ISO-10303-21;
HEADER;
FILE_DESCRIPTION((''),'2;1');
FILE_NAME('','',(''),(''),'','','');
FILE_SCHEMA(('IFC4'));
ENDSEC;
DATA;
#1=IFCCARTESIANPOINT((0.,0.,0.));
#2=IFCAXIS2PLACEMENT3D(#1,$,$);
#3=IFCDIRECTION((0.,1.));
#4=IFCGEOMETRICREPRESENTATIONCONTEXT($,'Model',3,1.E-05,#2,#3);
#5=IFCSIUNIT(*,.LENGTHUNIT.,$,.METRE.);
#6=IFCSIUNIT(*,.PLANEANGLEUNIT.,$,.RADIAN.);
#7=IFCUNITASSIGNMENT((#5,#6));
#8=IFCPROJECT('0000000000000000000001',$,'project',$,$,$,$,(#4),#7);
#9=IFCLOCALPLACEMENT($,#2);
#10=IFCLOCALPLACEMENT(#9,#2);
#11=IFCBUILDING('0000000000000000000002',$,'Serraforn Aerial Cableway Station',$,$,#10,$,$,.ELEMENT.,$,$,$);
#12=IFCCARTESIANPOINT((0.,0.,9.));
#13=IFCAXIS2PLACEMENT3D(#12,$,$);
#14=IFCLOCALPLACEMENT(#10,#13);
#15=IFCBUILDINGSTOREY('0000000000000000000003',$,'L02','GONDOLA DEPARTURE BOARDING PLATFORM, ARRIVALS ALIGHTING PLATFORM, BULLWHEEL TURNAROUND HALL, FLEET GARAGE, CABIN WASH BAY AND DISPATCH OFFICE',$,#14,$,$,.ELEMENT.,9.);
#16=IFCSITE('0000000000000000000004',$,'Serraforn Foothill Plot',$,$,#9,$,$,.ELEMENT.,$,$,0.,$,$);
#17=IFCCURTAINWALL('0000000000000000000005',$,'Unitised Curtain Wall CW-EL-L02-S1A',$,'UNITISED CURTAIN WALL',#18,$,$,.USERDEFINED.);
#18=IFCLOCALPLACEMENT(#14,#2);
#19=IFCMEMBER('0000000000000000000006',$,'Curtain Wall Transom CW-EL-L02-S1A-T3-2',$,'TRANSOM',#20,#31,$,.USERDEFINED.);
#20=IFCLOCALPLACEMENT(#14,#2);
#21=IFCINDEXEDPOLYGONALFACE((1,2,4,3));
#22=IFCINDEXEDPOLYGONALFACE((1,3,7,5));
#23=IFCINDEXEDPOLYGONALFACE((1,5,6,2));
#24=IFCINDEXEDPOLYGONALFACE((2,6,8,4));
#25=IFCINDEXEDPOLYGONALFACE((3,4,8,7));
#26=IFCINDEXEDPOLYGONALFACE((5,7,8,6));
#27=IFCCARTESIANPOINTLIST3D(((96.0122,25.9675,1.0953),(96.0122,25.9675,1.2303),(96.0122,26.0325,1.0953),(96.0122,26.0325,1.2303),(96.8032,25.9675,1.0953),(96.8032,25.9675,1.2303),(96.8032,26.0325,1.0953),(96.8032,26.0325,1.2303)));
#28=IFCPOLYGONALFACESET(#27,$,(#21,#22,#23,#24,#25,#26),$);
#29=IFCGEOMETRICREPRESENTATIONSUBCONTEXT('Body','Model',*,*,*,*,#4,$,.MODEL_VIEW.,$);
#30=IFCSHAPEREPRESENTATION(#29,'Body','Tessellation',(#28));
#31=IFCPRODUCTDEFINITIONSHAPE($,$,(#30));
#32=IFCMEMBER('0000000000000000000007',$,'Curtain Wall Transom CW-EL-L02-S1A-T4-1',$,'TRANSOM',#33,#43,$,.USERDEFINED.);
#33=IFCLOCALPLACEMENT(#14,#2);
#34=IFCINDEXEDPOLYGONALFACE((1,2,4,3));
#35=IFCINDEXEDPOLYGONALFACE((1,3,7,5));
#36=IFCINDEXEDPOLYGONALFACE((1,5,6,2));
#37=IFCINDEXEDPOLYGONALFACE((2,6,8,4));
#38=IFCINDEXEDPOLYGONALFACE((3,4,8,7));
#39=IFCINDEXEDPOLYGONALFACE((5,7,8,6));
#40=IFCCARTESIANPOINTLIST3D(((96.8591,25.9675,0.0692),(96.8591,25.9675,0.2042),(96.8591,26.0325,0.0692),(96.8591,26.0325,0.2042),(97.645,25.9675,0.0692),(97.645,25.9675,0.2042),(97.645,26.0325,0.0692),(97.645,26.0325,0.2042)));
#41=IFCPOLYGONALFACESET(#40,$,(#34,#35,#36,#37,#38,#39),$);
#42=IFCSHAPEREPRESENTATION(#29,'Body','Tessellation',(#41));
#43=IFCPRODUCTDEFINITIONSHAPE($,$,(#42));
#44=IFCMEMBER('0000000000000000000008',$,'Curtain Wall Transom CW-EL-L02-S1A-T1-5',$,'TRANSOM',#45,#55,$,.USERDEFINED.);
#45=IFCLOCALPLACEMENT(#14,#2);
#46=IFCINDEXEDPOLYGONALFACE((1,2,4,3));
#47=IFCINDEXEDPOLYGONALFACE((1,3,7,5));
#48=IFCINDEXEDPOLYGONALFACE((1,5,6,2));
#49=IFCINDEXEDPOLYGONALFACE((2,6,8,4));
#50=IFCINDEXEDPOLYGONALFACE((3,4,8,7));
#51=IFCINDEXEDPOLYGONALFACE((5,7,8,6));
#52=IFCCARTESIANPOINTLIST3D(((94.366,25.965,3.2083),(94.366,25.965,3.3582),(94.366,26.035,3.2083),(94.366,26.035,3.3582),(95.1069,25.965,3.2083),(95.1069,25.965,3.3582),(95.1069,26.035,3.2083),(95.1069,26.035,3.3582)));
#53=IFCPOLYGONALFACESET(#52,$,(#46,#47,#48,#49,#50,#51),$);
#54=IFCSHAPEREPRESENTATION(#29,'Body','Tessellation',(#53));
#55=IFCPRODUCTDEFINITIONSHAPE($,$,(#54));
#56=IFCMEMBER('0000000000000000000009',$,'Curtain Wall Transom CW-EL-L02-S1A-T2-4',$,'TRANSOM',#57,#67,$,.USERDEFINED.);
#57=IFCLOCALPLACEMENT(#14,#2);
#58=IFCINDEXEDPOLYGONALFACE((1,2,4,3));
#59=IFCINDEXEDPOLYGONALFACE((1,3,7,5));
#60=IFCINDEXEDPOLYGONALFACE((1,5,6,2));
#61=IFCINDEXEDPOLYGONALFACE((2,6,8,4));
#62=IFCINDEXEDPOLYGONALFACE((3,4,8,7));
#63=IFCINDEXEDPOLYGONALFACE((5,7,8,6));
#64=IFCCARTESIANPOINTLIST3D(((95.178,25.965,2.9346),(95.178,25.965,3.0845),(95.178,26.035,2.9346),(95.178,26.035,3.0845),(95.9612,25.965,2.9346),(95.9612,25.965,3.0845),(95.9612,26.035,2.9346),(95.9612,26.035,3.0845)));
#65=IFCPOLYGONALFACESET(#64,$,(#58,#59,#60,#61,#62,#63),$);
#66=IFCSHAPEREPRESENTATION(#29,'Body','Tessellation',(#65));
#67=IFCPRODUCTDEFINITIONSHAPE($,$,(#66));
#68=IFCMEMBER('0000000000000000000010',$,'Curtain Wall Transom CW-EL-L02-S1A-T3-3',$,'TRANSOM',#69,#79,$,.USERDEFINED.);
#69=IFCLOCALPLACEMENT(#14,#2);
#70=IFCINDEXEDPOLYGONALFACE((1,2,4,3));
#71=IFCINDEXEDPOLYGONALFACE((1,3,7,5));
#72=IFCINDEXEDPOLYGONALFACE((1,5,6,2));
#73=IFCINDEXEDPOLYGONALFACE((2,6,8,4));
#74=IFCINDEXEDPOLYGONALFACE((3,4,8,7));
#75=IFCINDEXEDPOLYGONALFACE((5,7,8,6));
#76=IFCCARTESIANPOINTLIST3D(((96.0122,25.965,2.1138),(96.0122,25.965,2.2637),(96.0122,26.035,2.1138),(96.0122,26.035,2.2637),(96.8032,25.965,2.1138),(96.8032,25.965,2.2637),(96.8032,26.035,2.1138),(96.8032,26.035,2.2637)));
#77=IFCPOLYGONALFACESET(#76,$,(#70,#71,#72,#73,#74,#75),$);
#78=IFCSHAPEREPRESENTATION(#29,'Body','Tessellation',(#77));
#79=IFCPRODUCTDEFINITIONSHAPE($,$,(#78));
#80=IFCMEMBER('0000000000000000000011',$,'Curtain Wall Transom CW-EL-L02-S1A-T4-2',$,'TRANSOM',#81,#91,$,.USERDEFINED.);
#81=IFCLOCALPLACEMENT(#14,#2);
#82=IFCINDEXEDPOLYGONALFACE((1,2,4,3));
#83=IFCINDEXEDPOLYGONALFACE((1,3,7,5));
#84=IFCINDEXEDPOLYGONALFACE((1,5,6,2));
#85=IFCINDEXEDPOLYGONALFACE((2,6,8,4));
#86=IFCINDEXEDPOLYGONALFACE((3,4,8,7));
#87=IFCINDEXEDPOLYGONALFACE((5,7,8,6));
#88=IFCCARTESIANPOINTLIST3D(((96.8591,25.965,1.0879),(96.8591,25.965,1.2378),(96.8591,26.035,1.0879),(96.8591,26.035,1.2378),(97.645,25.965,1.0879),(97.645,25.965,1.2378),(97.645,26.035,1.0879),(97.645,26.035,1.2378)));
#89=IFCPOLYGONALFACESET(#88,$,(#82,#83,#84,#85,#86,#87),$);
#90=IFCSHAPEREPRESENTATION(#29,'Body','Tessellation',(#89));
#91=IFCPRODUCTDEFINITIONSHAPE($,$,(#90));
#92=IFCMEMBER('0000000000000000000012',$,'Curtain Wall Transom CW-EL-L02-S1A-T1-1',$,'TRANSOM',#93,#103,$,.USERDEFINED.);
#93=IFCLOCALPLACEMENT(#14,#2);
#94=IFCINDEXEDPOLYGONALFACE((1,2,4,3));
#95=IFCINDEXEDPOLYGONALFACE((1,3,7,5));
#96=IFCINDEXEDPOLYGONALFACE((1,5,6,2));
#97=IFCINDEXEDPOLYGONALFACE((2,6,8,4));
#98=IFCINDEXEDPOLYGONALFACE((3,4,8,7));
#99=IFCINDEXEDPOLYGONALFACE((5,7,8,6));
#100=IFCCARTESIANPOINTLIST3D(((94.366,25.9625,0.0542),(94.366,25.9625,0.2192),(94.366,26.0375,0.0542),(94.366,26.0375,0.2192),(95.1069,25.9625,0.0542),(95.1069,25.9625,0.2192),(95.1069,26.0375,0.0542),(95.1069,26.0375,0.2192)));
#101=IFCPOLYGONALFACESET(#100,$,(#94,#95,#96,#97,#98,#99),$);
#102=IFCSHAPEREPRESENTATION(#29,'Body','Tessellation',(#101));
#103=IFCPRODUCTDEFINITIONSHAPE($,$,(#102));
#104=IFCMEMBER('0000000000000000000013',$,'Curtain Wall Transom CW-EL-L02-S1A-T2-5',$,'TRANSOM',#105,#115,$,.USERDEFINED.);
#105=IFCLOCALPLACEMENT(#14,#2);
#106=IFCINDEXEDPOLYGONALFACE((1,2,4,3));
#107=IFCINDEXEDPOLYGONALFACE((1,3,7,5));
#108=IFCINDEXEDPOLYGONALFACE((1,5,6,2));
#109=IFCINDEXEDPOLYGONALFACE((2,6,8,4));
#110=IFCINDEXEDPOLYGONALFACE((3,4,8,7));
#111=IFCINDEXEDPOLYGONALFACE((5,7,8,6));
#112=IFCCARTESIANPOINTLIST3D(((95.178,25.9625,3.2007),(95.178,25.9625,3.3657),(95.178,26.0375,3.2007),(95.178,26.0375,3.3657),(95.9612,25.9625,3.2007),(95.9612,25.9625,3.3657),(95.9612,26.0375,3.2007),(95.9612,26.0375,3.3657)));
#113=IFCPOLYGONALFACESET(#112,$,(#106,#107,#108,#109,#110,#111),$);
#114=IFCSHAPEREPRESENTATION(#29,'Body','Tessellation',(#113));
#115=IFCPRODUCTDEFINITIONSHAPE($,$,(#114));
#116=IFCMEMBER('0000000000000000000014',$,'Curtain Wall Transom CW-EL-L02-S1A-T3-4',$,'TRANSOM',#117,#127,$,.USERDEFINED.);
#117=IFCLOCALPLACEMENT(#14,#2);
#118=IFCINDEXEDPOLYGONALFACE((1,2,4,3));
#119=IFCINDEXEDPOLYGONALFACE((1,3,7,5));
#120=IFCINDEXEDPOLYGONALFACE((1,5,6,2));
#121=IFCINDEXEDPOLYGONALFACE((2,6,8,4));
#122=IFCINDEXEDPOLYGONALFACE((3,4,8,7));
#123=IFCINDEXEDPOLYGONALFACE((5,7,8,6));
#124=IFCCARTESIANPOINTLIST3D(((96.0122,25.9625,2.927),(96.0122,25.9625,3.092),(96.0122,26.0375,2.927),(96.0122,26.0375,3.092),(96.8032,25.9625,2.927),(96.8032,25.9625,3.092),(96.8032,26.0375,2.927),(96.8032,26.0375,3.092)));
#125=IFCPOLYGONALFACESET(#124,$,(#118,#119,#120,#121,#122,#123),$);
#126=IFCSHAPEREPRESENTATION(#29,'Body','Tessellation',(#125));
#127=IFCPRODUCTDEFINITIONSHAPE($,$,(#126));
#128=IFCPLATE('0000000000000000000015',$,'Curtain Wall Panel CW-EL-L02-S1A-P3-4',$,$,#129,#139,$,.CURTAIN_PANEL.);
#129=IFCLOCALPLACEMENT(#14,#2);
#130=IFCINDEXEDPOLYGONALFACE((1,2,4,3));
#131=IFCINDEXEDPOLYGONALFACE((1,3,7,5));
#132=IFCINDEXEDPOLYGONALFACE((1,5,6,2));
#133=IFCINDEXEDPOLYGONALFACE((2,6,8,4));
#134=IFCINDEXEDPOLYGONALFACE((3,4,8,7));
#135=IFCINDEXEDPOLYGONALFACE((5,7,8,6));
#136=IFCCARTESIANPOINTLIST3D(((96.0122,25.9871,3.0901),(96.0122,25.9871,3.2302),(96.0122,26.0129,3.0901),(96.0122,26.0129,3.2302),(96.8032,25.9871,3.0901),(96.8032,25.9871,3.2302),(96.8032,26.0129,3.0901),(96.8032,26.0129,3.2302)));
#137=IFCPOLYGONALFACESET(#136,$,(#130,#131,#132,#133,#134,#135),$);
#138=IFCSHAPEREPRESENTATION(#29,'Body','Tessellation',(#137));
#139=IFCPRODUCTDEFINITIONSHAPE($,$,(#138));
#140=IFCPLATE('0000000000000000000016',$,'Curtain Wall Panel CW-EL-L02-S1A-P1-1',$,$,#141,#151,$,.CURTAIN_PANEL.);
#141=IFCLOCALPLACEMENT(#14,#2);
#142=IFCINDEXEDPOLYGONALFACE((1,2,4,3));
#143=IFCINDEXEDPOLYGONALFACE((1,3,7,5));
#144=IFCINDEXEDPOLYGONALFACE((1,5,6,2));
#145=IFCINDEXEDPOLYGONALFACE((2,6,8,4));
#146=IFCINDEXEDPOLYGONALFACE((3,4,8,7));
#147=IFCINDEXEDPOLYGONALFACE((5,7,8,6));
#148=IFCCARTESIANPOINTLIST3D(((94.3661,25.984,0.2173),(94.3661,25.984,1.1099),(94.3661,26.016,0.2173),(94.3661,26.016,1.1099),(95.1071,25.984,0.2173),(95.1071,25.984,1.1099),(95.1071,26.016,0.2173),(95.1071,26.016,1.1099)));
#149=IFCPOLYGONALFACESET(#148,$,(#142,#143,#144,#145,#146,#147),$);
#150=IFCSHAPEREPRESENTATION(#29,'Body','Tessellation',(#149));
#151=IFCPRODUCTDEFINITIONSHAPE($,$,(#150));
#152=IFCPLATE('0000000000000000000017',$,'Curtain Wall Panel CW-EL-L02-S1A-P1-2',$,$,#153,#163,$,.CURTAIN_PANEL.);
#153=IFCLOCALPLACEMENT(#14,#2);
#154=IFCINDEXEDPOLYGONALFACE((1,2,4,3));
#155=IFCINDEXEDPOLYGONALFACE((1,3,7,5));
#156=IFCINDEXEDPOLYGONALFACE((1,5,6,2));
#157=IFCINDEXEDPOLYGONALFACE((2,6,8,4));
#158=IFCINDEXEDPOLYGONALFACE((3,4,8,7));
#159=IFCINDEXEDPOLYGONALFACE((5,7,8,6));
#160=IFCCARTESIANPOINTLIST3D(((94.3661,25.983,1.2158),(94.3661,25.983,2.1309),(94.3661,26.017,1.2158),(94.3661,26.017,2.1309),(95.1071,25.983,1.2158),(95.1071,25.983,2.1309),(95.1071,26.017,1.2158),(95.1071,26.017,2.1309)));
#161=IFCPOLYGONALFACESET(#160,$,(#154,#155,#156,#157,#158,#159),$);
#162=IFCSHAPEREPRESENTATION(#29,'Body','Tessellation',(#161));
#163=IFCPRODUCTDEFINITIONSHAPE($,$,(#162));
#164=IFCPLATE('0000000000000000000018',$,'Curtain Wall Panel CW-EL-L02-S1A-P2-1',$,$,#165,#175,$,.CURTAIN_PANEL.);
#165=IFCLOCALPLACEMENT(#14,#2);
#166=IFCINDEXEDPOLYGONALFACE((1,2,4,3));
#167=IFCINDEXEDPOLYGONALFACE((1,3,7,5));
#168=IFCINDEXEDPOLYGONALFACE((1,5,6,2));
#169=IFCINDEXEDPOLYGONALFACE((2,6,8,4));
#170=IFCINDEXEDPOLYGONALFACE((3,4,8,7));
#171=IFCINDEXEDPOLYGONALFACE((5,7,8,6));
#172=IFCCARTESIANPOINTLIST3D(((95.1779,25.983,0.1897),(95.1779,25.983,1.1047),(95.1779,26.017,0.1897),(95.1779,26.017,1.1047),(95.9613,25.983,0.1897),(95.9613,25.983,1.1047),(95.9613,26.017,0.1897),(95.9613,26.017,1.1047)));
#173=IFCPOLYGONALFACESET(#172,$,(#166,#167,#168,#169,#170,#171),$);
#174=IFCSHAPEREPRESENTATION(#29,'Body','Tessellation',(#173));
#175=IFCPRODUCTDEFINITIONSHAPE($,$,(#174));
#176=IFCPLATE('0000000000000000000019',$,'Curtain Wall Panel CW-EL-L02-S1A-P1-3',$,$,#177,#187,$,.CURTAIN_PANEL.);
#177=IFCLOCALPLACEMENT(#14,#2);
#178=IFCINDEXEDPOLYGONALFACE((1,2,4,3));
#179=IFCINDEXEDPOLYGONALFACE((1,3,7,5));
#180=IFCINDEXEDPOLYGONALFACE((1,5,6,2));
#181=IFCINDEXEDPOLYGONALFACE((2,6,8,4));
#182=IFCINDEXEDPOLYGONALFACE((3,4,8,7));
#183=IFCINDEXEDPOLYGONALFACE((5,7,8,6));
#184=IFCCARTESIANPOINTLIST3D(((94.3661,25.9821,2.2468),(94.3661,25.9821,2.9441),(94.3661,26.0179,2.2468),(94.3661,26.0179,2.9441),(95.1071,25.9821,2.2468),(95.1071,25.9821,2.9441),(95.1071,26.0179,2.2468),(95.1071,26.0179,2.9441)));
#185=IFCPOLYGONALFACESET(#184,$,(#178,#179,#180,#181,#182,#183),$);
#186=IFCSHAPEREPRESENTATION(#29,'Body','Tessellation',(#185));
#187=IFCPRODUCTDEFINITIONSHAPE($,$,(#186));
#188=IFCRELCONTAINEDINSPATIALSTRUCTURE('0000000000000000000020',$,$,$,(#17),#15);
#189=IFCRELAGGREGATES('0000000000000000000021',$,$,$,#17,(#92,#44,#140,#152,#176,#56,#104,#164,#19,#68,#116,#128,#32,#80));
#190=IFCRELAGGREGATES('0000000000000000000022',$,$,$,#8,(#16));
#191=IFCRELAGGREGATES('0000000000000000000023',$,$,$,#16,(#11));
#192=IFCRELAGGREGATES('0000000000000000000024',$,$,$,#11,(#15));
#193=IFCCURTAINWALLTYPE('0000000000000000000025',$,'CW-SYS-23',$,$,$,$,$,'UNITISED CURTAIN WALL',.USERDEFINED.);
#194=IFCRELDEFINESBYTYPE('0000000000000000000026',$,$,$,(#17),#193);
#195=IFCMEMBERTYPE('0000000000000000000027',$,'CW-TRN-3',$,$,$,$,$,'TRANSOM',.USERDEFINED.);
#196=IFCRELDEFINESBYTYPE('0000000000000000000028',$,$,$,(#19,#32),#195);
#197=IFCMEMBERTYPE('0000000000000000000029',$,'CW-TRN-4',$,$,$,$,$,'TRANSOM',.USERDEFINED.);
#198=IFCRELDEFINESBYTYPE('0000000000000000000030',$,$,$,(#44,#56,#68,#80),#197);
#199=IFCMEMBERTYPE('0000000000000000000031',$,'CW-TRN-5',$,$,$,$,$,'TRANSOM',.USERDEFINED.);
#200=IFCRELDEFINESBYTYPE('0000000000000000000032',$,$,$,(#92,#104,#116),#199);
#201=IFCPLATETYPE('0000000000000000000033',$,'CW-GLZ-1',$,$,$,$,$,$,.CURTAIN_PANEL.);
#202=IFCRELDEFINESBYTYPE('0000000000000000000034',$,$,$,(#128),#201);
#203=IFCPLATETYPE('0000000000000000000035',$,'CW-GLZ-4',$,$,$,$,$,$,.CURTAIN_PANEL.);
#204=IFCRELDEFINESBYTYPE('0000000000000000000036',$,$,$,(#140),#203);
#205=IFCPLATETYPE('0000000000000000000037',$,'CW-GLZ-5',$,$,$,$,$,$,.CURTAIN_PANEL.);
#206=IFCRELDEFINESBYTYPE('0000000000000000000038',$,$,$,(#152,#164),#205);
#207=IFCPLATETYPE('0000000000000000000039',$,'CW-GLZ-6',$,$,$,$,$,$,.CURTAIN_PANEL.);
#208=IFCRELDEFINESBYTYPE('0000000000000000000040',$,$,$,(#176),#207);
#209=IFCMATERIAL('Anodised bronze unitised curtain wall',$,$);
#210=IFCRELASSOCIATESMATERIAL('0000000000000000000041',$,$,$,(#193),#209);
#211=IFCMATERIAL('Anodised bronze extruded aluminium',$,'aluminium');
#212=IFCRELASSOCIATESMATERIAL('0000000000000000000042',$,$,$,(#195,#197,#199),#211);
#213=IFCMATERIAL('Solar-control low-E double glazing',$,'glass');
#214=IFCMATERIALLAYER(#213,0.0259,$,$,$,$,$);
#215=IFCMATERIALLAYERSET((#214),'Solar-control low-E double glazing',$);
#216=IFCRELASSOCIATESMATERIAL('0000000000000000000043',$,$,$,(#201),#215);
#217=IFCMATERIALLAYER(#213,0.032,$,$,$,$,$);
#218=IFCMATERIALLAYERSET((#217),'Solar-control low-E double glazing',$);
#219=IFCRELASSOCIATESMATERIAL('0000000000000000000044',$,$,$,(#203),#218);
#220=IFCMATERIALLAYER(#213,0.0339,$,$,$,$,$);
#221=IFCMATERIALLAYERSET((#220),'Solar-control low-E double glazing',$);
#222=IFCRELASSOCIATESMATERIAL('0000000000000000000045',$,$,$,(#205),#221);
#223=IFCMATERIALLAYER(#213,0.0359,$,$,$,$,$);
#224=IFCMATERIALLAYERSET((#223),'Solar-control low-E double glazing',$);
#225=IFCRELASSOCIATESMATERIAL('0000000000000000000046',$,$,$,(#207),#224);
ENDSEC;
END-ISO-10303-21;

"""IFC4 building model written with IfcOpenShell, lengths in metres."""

from ifc_helpers import new_model, si_unit, direction, frame, origin, origin_2d, place, context, subcontext, project, spatial, rectangle, extrude, material, layer, layer_set, material_profile, profile_set, type_object, element, aggregate, save


model = new_model("IFC4")

# Units and contexts
model_context = context("Model", 3, precision=1e-05, world=origin(), true_north=direction((0.0, 1.0)))
body_context = subcontext(model_context, "Body", "Model", "MODEL_VIEW")
ifc_project = project(units=[si_unit("LENGTHUNIT", "METRE"), si_unit("PLANEANGLEUNIT", "RADIAN")], contexts=[model_context])

# Site, building, storey
site_placement = place(None, origin())
site = spatial("IfcSite", under=ifc_project, at=site_placement, Name="Serraforn Foothill Plot", CompositionType="ELEMENT", RefElevation=0.0)
building_placement = place(site_placement, origin())
building = spatial("IfcBuilding", under=site, at=building_placement, Name="Serraforn Aerial Cableway Station", CompositionType="ELEMENT")
storey_placement = place(building_placement, frame((0.0, 0.0, 9.0)))
storey = spatial("IfcBuildingStorey", under=building, at=storey_placement, Name="L02", Description="GONDOLA DEPARTURE BOARDING PLATFORM, ARRIVALS ALIGHTING PLATFORM, BULLWHEEL TURNAROUND HALL, FLEET GARAGE, CABIN WASH BAY AND DISPATCH OFFICE", CompositionType="ELEMENT", Elevation=9.0)

# Curtain wall
ifc_material_1 = material(Name="Anodised bronze unitised curtain wall")
curtain_wall_type_1 = type_object("IfcCurtainWallType", Name="CW-SYS-23", ElementType="UNITISED CURTAIN WALL", PredefinedType="USERDEFINED", material=ifc_material_1)
curtain_wall_1_placement = place(storey_placement, origin())
curtain_wall_1 = element("IfcCurtainWall", 1, at=curtain_wall_1_placement, inside=storey, type_object=curtain_wall_type_1, Name="Unitised Curtain Wall CW-EL-L02-S1A", ObjectType="UNITISED CURTAIN WALL", PredefinedType="USERDEFINED")
ifc_material_2 = material(Name="Anodised bronze extruded aluminium", Category="aluminium")

# Shared definitions
ifc_material_profile_1 = material_profile(ifc_material_2, rectangle(XDim=0.0649, YDim=0.135, at=origin_2d()), Name="CW TRANSOM 65x135")
ifc_profile_set_1 = profile_set([ifc_material_profile_1], Name="Anodised bronze extruded aluminium")
member_type_1 = type_object("IfcMemberType", Name="CW-TRN-3", ElementType="TRANSOM", PredefinedType="USERDEFINED", material=ifc_profile_set_1)

# Members
member_1_placement = place(storey_placement, frame((96.0122, 26.0, 1.1628), z_axis=(1.0, 0.0, 0.0), x_axis=(0.0, 1.0, 0.0)))
member_1 = element("IfcMember", 2, at=member_1_placement, type_object=member_type_1, Name="Curtain Wall Transom CW-EL-L02-S1A-T3-2", ObjectType="TRANSOM", PredefinedType="USERDEFINED", context=body_context, shape_type="SweptSolid", body=[
    extrude(rectangle(XDim=0.0649, YDim=0.135, at=origin_2d()), origin(), (0.0, 0.0, 1.0), 0.791),
])
member_2_placement = place(storey_placement, frame((96.8591, 26.0, 0.1367), z_axis=(1.0, 0.0, 0.0), x_axis=(0.0, 1.0, 0.0)))
member_2 = element("IfcMember", 3, at=member_2_placement, type_object=member_type_1, Name="Curtain Wall Transom CW-EL-L02-S1A-T4-1", ObjectType="TRANSOM", PredefinedType="USERDEFINED", context=body_context, shape_type="SweptSolid", body=[
    extrude(rectangle(XDim=0.0649, YDim=0.135, at=origin_2d()), origin(), (0.0, 0.0, 1.0), 0.7859),
])
ifc_material_profile_2 = material_profile(ifc_material_2, rectangle(XDim=0.0701, YDim=0.1499, at=origin_2d()), Name="CW TRANSOM 70x150")
ifc_profile_set_2 = profile_set([ifc_material_profile_2], Name="Anodised bronze extruded aluminium")
member_type_2 = type_object("IfcMemberType", Name="CW-TRN-4", ElementType="TRANSOM", PredefinedType="USERDEFINED", material=ifc_profile_set_2)
member_3_placement = place(storey_placement, frame((94.366, 26.0, 3.2832), z_axis=(1.0, 0.0, 0.0), x_axis=(0.0, 1.0, 0.0)))
member_3 = element("IfcMember", 4, at=member_3_placement, type_object=member_type_2, Name="Curtain Wall Transom CW-EL-L02-S1A-T1-5", ObjectType="TRANSOM", PredefinedType="USERDEFINED", context=body_context, shape_type="SweptSolid", body=[
    extrude(rectangle(XDim=0.0701, YDim=0.1499, at=origin_2d()), origin(), (0.0, 0.0, 1.0), 0.741),
])
member_4_placement = place(storey_placement, frame((95.178, 26.0, 3.0095), z_axis=(1.0, 0.0, 0.0), x_axis=(0.0, 1.0, 0.0)))
member_4 = element("IfcMember", 5, at=member_4_placement, type_object=member_type_2, Name="Curtain Wall Transom CW-EL-L02-S1A-T2-4", ObjectType="TRANSOM", PredefinedType="USERDEFINED", context=body_context, shape_type="SweptSolid", body=[
    extrude(rectangle(XDim=0.0701, YDim=0.1499, at=origin_2d()), origin(), (0.0, 0.0, 1.0), 0.7832),
])
member_5_placement = place(storey_placement, frame((96.0122, 26.0, 2.1887), z_axis=(1.0, 0.0, 0.0), x_axis=(0.0, 1.0, 0.0)))
member_5 = element("IfcMember", 6, at=member_5_placement, type_object=member_type_2, Name="Curtain Wall Transom CW-EL-L02-S1A-T3-3", ObjectType="TRANSOM", PredefinedType="USERDEFINED", context=body_context, shape_type="SweptSolid", body=[
    extrude(rectangle(XDim=0.0701, YDim=0.1499, at=origin_2d()), origin(), (0.0, 0.0, 1.0), 0.791),
])
member_6_placement = place(storey_placement, frame((96.8591, 26.0, 1.1628), z_axis=(1.0, 0.0, 0.0), x_axis=(0.0, 1.0, 0.0)))
member_6 = element("IfcMember", 7, at=member_6_placement, type_object=member_type_2, Name="Curtain Wall Transom CW-EL-L02-S1A-T4-2", ObjectType="TRANSOM", PredefinedType="USERDEFINED", context=body_context, shape_type="SweptSolid", body=[
    extrude(rectangle(XDim=0.0701, YDim=0.1499, at=origin_2d()), origin(), (0.0, 0.0, 1.0), 0.7859),
])
ifc_material_profile_3 = material_profile(ifc_material_2, rectangle(XDim=0.075, YDim=0.165, at=origin_2d()), Name="CW TRANSOM 75x165")
ifc_profile_set_3 = profile_set([ifc_material_profile_3], Name="Anodised bronze extruded aluminium")
member_type_3 = type_object("IfcMemberType", Name="CW-TRN-5", ElementType="TRANSOM", PredefinedType="USERDEFINED", material=ifc_profile_set_3)
member_7_placement = place(storey_placement, frame((94.366, 26.0, 0.1367), z_axis=(1.0, 0.0, 0.0), x_axis=(0.0, 1.0, 0.0)))
member_7 = element("IfcMember", 8, at=member_7_placement, type_object=member_type_3, Name="Curtain Wall Transom CW-EL-L02-S1A-T1-1", ObjectType="TRANSOM", PredefinedType="USERDEFINED", context=body_context, shape_type="SweptSolid", body=[
    extrude(rectangle(XDim=0.075, YDim=0.165, at=origin_2d()), origin(), (0.0, 0.0, 1.0), 0.741),
])
member_8_placement = place(storey_placement, frame((95.178, 26.0, 3.2832), z_axis=(1.0, 0.0, 0.0), x_axis=(0.0, 1.0, 0.0)))
member_8 = element("IfcMember", 9, at=member_8_placement, type_object=member_type_3, Name="Curtain Wall Transom CW-EL-L02-S1A-T2-5", ObjectType="TRANSOM", PredefinedType="USERDEFINED", context=body_context, shape_type="SweptSolid", body=[
    extrude(rectangle(XDim=0.075, YDim=0.165, at=origin_2d()), origin(), (0.0, 0.0, 1.0), 0.7832),
])
member_9_placement = place(storey_placement, frame((96.0122, 26.0, 3.0095), z_axis=(1.0, 0.0, 0.0), x_axis=(0.0, 1.0, 0.0)))
member_9 = element("IfcMember", 10, at=member_9_placement, type_object=member_type_3, Name="Curtain Wall Transom CW-EL-L02-S1A-T3-4", ObjectType="TRANSOM", PredefinedType="USERDEFINED", context=body_context, shape_type="SweptSolid", body=[
    extrude(rectangle(XDim=0.075, YDim=0.165, at=origin_2d()), origin(), (0.0, 0.0, 1.0), 0.791),
])

# Plates
ifc_material_3 = material(Name="Solar-control low-E double glazing", Category="glass")
ifc_layer_1 = layer(ifc_material_3, 0.0259)
ifc_layer_set_1 = layer_set([ifc_layer_1], Name="Solar-control low-E double glazing")
plate_type_1 = type_object("IfcPlateType", Name="CW-GLZ-1", PredefinedType="CURTAIN_PANEL", material=ifc_layer_set_1)
plate_1_placement = place(storey_placement, frame((96.4077, 26.0, 3.0901), z_axis=(0.0, 0.0, 1.0), x_axis=(1.0, 0.0, 0.0)))
plate_1 = element("IfcPlate", 11, at=plate_1_placement, type_object=plate_type_1, Name="Curtain Wall Panel CW-EL-L02-S1A-P3-4", PredefinedType="CURTAIN_PANEL", context=body_context, shape_type="SweptSolid", body=[
    extrude(rectangle(XDim=0.791, YDim=0.0259, at=origin_2d()), origin(), (0.0, 0.0, 1.0), 0.1401),
])
ifc_layer_2 = layer(ifc_material_3, 0.032)
ifc_layer_set_2 = layer_set([ifc_layer_2], Name="Solar-control low-E double glazing")
plate_type_2 = type_object("IfcPlateType", Name="CW-GLZ-4", PredefinedType="CURTAIN_PANEL", material=ifc_layer_set_2)
plate_2_placement = place(storey_placement, frame((94.7366, 26.0, 0.2173), z_axis=(0.0, 0.0, 1.0), x_axis=(1.0, 0.0, 0.0)))
plate_2 = element("IfcPlate", 12, at=plate_2_placement, type_object=plate_type_2, Name="Curtain Wall Panel CW-EL-L02-S1A-P1-1", PredefinedType="CURTAIN_PANEL", context=body_context, shape_type="SweptSolid", body=[
    extrude(rectangle(XDim=0.741, YDim=0.032, at=origin_2d()), origin(), (0.0, 0.0, 1.0), 0.8926),
])
ifc_layer_3 = layer(ifc_material_3, 0.0339)
ifc_layer_set_3 = layer_set([ifc_layer_3], Name="Solar-control low-E double glazing")
plate_type_3 = type_object("IfcPlateType", Name="CW-GLZ-5", PredefinedType="CURTAIN_PANEL", material=ifc_layer_set_3)
plate_3_placement = place(storey_placement, frame((94.7366, 26.0, 1.2158), z_axis=(0.0, 0.0, 1.0), x_axis=(1.0, 0.0, 0.0)))
plate_3 = element("IfcPlate", 13, at=plate_3_placement, type_object=plate_type_3, Name="Curtain Wall Panel CW-EL-L02-S1A-P1-2", PredefinedType="CURTAIN_PANEL", context=body_context, shape_type="SweptSolid", body=[
    extrude(rectangle(XDim=0.741, YDim=0.0339, at=origin_2d()), origin(), (0.0, 0.0, 1.0), 0.915),
])
plate_4_placement = place(storey_placement, frame((95.5696, 26.0, 0.1897), z_axis=(0.0, 0.0, 1.0), x_axis=(1.0, 0.0, 0.0)))
plate_4 = element("IfcPlate", 14, at=plate_4_placement, type_object=plate_type_3, Name="Curtain Wall Panel CW-EL-L02-S1A-P2-1", PredefinedType="CURTAIN_PANEL", context=body_context, shape_type="SweptSolid", body=[
    extrude(rectangle(XDim=0.7834, YDim=0.0339, at=origin_2d()), origin(), (0.0, 0.0, 1.0), 0.915),
])
ifc_layer_4 = layer(ifc_material_3, 0.0359)
ifc_layer_set_4 = layer_set([ifc_layer_4], Name="Solar-control low-E double glazing")
plate_type_4 = type_object("IfcPlateType", Name="CW-GLZ-6", PredefinedType="CURTAIN_PANEL", material=ifc_layer_set_4)
plate_5_placement = place(storey_placement, frame((94.7366, 26.0, 2.2468), z_axis=(0.0, 0.0, 1.0), x_axis=(1.0, 0.0, 0.0)))
plate_5 = element("IfcPlate", 15, at=plate_5_placement, type_object=plate_type_4, Name="Curtain Wall Panel CW-EL-L02-S1A-P1-3", PredefinedType="CURTAIN_PANEL", context=body_context, shape_type="SweptSolid", body=[
    extrude(rectangle(XDim=0.741, YDim=0.0359, at=origin_2d()), origin(), (0.0, 0.0, 1.0), 0.6973),
])
aggregate(curtain_wall_1, [member_7, member_3, plate_2, plate_3, plate_5, member_4, member_8, plate_4, member_1, member_5, member_9, plate_1, member_2, member_6])

save(model, "model.ifc")
